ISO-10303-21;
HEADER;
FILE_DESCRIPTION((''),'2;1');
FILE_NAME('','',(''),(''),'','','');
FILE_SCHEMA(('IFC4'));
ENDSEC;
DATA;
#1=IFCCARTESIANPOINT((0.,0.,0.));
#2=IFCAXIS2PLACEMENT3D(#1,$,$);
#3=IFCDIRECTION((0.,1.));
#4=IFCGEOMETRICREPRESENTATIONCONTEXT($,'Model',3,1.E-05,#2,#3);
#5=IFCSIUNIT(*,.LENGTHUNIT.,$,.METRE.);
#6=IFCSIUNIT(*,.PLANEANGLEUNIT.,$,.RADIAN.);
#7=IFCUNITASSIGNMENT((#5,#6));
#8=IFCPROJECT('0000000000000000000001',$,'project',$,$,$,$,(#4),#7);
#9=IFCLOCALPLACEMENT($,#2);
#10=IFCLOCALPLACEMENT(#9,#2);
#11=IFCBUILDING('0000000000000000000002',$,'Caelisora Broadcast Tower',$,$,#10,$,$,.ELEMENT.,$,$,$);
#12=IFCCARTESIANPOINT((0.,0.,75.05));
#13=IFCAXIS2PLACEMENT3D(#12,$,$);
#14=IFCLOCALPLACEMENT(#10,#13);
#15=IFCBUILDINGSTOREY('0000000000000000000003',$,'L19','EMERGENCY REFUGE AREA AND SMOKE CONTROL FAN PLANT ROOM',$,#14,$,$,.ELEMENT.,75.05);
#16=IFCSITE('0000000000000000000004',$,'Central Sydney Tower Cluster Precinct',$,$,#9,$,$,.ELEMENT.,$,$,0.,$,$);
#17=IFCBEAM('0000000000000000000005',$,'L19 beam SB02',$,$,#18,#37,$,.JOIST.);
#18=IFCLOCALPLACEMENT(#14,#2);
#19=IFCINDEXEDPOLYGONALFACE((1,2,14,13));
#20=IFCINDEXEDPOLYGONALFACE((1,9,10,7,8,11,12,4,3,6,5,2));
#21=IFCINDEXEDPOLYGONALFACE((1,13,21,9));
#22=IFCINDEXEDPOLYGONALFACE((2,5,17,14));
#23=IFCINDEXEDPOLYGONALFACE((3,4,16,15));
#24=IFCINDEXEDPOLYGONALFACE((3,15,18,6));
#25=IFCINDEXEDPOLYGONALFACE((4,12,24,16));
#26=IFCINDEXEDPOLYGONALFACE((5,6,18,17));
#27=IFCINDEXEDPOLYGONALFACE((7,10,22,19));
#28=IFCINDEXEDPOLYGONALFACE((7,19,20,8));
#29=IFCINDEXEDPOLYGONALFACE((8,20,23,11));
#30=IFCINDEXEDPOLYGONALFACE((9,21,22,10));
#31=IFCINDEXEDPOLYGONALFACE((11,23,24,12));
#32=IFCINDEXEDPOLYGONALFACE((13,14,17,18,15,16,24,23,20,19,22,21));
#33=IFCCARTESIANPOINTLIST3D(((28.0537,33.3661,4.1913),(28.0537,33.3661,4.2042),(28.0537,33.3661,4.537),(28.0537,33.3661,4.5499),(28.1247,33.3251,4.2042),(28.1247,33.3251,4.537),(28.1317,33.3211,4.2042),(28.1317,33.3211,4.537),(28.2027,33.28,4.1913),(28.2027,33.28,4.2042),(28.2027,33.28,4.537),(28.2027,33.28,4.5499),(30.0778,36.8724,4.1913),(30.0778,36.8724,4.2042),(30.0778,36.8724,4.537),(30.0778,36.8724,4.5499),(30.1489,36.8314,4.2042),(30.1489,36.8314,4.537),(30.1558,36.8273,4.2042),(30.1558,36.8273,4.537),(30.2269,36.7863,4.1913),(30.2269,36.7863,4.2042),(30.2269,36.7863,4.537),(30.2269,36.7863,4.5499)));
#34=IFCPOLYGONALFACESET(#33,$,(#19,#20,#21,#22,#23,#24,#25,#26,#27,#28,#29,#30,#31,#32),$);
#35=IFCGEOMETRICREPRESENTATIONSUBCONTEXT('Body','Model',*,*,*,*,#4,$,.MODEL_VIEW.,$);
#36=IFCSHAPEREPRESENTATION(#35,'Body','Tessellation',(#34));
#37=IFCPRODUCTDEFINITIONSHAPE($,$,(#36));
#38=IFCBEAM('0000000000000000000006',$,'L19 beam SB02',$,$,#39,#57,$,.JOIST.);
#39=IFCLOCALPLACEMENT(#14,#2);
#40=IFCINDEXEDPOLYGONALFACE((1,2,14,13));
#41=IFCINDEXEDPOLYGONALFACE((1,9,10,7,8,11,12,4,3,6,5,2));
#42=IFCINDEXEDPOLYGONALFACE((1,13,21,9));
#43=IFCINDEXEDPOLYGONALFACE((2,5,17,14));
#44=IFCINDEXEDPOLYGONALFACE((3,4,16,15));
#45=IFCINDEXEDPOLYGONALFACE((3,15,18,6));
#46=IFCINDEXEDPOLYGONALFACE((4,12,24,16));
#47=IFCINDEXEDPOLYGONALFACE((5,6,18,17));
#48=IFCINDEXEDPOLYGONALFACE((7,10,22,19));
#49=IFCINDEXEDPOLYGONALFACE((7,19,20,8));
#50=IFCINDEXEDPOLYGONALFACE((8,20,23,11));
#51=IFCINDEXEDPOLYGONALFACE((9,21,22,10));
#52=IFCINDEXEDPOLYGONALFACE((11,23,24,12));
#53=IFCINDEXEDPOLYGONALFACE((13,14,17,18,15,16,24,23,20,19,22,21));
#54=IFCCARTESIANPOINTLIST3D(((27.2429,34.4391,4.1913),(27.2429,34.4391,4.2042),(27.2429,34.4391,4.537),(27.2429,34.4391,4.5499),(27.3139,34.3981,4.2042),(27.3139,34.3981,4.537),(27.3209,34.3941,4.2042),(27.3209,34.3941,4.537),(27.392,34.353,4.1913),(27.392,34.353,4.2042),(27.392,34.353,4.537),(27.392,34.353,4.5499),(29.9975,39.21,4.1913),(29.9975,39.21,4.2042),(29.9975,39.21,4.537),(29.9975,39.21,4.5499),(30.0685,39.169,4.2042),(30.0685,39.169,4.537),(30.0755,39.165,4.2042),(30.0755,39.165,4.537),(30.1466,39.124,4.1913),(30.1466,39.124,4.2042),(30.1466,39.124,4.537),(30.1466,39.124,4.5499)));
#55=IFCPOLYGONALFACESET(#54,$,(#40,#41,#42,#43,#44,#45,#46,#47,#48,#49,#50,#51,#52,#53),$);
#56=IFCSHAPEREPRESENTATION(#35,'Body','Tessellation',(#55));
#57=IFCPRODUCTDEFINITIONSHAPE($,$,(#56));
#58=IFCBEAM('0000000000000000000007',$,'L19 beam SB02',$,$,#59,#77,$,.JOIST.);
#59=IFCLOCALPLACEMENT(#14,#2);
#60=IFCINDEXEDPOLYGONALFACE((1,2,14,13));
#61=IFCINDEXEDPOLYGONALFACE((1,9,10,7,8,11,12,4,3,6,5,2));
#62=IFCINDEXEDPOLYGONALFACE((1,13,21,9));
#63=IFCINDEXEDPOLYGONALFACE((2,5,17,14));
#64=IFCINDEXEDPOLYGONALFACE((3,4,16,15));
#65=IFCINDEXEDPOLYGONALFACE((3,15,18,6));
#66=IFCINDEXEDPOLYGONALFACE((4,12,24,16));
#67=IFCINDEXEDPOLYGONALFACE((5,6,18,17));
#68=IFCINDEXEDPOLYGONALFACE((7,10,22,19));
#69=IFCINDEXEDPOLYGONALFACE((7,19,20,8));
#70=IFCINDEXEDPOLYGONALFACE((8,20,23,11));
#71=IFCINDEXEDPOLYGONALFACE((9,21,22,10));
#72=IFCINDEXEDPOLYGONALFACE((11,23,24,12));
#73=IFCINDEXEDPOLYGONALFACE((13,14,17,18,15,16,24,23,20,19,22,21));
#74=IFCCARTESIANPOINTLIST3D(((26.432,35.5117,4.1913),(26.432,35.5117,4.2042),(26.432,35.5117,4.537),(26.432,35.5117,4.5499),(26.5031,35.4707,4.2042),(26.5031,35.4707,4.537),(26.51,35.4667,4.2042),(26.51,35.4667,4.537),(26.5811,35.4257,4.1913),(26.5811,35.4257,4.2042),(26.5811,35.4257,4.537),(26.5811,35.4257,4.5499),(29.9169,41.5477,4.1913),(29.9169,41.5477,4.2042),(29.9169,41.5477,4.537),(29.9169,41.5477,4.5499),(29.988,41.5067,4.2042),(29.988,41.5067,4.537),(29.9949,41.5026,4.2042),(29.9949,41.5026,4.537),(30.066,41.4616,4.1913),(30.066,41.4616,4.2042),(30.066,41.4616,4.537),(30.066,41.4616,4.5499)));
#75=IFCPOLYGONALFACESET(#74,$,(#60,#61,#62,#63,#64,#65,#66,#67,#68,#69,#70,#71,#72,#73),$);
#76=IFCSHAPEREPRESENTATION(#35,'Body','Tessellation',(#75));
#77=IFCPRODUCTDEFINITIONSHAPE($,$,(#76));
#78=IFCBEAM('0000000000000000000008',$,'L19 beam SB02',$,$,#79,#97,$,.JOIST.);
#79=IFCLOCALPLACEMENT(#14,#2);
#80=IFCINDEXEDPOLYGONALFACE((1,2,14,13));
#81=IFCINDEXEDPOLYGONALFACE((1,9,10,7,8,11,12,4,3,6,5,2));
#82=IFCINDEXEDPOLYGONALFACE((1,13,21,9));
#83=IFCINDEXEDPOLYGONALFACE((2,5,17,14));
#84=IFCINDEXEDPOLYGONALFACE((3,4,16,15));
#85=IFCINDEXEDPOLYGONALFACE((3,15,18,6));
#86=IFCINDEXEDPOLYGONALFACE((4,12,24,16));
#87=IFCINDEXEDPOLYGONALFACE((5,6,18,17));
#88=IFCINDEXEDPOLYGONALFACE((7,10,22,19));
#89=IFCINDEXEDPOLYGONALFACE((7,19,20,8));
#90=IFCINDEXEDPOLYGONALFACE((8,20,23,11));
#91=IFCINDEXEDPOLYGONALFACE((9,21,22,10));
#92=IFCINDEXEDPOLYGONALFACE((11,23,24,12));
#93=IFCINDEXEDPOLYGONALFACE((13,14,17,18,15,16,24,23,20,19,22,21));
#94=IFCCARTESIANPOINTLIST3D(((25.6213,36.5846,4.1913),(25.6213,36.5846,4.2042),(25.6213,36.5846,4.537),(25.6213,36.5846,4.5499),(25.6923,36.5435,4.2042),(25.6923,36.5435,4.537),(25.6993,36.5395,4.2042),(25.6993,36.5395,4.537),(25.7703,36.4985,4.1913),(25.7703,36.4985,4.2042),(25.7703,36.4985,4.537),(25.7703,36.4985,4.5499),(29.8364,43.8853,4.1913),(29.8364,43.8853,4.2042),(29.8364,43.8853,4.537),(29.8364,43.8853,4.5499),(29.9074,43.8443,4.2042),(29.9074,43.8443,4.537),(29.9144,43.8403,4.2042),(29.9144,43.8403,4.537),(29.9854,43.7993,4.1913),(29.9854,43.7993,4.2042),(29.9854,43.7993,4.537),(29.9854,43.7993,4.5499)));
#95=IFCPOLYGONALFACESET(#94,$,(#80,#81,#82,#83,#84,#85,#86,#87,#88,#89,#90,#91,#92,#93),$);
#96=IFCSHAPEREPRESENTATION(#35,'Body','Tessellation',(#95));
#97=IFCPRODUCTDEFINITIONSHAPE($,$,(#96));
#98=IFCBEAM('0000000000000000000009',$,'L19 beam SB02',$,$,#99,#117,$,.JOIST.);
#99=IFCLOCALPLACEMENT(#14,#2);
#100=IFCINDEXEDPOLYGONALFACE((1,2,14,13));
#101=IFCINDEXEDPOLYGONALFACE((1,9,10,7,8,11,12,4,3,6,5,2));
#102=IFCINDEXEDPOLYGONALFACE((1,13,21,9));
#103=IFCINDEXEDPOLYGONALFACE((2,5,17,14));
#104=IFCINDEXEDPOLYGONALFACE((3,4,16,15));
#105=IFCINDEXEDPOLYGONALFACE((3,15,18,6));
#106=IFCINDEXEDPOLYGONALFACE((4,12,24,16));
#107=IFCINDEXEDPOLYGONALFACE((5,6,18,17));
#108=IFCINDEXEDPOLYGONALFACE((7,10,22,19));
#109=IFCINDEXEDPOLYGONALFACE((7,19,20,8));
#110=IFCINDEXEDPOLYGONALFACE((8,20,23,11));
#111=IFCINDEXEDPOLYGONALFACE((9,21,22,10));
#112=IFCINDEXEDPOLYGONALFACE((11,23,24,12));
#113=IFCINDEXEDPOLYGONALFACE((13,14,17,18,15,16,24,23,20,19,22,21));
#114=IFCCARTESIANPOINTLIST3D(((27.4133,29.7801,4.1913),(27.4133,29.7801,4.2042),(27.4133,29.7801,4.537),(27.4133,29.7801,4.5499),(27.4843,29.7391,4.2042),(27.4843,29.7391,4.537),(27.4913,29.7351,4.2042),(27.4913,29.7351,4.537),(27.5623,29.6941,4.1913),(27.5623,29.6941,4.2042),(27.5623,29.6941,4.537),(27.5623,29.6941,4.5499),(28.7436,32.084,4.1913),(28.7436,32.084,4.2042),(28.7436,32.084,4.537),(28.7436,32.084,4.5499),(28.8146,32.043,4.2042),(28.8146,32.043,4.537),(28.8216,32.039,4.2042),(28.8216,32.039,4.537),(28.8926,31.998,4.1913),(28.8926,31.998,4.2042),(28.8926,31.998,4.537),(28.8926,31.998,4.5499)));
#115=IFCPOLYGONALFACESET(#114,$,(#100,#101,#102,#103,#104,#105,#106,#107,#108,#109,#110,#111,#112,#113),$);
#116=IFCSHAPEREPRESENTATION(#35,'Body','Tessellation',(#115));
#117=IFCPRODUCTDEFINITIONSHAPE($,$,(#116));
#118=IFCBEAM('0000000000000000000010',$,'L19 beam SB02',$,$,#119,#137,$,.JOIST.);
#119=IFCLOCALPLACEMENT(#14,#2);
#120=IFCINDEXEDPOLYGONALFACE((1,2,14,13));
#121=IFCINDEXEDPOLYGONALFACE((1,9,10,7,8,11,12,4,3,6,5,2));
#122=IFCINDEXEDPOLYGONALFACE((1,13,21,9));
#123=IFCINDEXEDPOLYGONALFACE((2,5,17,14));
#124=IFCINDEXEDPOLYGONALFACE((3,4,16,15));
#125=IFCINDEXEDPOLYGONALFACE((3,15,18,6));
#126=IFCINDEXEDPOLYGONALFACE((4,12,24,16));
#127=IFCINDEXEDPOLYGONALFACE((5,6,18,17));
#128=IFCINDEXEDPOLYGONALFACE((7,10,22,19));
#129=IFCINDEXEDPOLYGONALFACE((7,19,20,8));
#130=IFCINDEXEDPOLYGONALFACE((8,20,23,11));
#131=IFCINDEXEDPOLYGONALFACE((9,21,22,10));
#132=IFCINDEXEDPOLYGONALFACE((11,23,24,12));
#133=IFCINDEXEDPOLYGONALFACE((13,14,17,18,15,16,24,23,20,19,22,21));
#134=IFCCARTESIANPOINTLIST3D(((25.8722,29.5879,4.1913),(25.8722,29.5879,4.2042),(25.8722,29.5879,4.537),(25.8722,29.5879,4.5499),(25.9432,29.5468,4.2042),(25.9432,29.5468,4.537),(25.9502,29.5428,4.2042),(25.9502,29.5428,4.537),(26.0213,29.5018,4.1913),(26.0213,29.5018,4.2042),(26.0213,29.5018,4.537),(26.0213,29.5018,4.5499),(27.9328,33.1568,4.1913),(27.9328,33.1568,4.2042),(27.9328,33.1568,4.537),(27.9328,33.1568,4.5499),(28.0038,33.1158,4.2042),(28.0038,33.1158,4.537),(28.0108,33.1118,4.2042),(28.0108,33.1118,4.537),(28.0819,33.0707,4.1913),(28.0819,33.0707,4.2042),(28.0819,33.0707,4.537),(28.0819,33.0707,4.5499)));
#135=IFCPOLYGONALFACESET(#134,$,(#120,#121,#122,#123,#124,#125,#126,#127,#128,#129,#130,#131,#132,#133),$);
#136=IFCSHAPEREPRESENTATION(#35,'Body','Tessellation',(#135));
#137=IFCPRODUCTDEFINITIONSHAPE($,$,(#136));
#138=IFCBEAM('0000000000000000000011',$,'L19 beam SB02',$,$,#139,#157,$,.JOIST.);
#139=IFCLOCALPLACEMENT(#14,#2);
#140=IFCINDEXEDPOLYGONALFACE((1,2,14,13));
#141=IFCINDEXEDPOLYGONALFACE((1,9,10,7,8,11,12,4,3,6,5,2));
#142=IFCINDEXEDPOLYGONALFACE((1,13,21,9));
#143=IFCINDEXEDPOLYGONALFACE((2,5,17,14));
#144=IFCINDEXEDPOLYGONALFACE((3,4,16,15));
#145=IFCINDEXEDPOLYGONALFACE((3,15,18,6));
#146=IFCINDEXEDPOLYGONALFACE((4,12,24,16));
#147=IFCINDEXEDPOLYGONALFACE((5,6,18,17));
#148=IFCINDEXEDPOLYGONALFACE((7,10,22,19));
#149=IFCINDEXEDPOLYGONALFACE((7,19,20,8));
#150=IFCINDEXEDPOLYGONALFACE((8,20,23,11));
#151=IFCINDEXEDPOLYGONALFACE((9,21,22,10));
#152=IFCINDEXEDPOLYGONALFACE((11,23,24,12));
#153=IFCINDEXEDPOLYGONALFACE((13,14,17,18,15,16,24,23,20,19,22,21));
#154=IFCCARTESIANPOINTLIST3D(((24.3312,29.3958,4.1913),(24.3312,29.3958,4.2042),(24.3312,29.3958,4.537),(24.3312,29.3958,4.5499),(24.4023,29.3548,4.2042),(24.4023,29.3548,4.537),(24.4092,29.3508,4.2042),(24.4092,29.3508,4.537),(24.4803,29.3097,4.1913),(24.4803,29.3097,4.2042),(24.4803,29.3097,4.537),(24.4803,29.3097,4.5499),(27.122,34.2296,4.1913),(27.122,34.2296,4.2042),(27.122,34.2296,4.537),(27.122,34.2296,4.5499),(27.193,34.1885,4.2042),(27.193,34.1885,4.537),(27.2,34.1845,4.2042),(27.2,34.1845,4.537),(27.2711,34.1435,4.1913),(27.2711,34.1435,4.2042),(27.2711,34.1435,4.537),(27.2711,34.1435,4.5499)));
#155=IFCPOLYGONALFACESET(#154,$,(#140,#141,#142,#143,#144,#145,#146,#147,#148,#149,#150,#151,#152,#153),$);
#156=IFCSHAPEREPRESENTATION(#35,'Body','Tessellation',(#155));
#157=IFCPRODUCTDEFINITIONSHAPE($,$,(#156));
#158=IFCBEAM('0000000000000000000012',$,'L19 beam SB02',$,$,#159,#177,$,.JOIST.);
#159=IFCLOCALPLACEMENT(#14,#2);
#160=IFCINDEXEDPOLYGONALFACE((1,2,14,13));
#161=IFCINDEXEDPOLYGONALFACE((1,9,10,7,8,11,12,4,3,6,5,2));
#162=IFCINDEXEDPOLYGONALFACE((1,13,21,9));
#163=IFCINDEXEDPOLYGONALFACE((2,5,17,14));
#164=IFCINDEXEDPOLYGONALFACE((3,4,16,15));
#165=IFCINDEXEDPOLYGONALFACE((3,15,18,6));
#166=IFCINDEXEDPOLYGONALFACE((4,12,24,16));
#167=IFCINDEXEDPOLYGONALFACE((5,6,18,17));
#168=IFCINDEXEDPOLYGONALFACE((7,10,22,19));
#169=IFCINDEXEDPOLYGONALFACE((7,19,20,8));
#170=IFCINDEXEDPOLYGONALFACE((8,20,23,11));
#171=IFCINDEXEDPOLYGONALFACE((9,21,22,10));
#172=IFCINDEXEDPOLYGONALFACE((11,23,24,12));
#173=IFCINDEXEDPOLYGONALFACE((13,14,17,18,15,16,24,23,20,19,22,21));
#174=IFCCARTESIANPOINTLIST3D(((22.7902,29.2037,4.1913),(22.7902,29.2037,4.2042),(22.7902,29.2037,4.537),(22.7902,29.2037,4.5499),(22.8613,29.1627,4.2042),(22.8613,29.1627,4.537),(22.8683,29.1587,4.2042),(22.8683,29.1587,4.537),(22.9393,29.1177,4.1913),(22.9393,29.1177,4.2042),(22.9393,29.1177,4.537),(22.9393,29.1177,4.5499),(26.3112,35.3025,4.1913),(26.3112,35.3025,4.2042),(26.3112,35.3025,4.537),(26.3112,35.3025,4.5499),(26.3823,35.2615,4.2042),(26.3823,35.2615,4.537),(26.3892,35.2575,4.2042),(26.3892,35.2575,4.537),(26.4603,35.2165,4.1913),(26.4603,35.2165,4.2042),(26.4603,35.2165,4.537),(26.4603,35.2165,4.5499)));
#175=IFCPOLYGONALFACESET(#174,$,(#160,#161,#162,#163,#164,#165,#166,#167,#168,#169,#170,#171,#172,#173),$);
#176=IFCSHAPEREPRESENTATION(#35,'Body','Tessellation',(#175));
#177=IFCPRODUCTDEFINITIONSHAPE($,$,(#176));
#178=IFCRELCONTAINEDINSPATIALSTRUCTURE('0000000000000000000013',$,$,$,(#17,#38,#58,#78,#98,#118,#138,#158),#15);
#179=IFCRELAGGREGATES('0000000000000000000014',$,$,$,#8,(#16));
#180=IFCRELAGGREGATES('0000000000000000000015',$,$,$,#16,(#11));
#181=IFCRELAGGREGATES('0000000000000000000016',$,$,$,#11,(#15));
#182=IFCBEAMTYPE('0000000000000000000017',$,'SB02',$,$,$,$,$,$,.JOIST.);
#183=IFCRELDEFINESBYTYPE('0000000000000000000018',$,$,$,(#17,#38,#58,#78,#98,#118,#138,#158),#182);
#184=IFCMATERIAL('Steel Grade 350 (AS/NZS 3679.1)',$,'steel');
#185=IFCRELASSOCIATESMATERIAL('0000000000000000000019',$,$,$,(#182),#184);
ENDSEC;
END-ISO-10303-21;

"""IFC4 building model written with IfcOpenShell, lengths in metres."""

from ifc_helpers import new_model, si_unit, direction, frame, origin, origin_2d, place, context, subcontext, project, spatial, i_section, extrude, source, transform, mapped, material, material_profile, profile_set, type_object, element, save


model = new_model("IFC4")

# Units and contexts
model_context = context("Model", 3, precision=1e-05, world=origin(), true_north=direction((0.0, 1.0)))
body_context = subcontext(model_context, "Body", "Model", "MODEL_VIEW")
ifc_project = project(units=[si_unit("LENGTHUNIT", "METRE"), si_unit("PLANEANGLEUNIT", "RADIAN")], contexts=[model_context])

# Site, building, storey
site_placement = place(None, origin())
site = spatial("IfcSite", under=ifc_project, at=site_placement, Name="Central Sydney Tower Cluster Precinct", CompositionType="ELEMENT", RefElevation=0.0)
building_placement = place(site_placement, origin())
building = spatial("IfcBuilding", under=site, at=building_placement, Name="Caelisora Broadcast Tower", CompositionType="ELEMENT")
storey_placement = place(building_placement, frame((0.0, 0.0, 75.05)))
storey = spatial("IfcBuildingStorey", under=building, at=storey_placement, Name="L19", Description="EMERGENCY REFUGE AREA AND SMOKE CONTROL FAN PLANT ROOM", CompositionType="ELEMENT", Elevation=75.05)

# Beams
ifc_material_1 = material(Name="Steel Grade 350 (AS/NZS 3679.1)", Category="steel")
ifc_material_profile_1 = material_profile(ifc_material_1, i_section(OverallWidth=0.1721, OverallDepth=0.3586, WebThickness=0.0081, FlangeThickness=0.0129, at=origin_2d()), Name="Steel Grade 350 (AS/NZS 3679.1)")
ifc_profile_set_1 = profile_set([ifc_material_profile_1], Name="Steel Grade 350 (AS/NZS 3679.1)")
beam_type_1 = type_object("IfcBeamType", Name="SB02", PredefinedType="JOIST", material=ifc_profile_set_1)
shared_shape_1 = source(origin(), body_context, "Body", "SweptSolid", [
    extrude(i_section(OverallWidth=0.1721, OverallDepth=0.3586, WebThickness=0.0081, FlangeThickness=0.0129, at=origin_2d()), origin(), (0.0, 0.0, 1.0), 4.0486),
])
beam_1_placement = place(storey_placement, frame((30.1523, 36.8293, 4.3706), z_axis=(-0.499959, -0.866049, 0.0), x_axis=(0.866049, -0.499959, 0.0)))
element("IfcBeam", 1, at=beam_1_placement, inside=storey, type_object=beam_type_1, Name="L19 beam SB02", PredefinedType="JOIST", context=body_context, shape_type="MappedRepresentation", body=[
    mapped(shared_shape_1, transform((0.0, 0.0, 0.0), scale=1.0)),
])
shared_shape_2 = source(origin(), body_context, "Body", "SweptSolid", [
    extrude(i_section(OverallWidth=0.1721, OverallDepth=0.3586, WebThickness=0.0081, FlangeThickness=0.0129, at=origin_2d()), origin(), (0.0, 0.0, 1.0), 5.509),
])
beam_2_placement = place(storey_placement, frame((30.072, 39.167, 4.3706), z_axis=(-0.500014, -0.866017, 0.0), x_axis=(0.866017, -0.500014, 0.0)))
element("IfcBeam", 2, at=beam_2_placement, inside=storey, type_object=beam_type_1, Name="L19 beam SB02", PredefinedType="JOIST", context=body_context, shape_type="MappedRepresentation", body=[
    mapped(shared_shape_2, transform((0.0, 0.0, 0.0), scale=1.0)),
])
shared_shape_3 = source(origin(), body_context, "Body", "SweptSolid", [
    extrude(i_section(OverallWidth=0.1721, OverallDepth=0.3586, WebThickness=0.0081, FlangeThickness=0.0129, at=origin_2d()), origin(), (0.0, 0.0, 1.0), 6.9697),
])
beam_3_placement = place(storey_placement, frame((29.9915, 41.5046, 4.3706), z_axis=(-0.500004, -0.866023, 0.0), x_axis=(0.866023, -0.500004, 0.0)))
element("IfcBeam", 3, at=beam_3_placement, inside=storey, type_object=beam_type_1, Name="L19 beam SB02", PredefinedType="JOIST", context=body_context, shape_type="MappedRepresentation", body=[
    mapped(shared_shape_3, transform((0.0, 0.0, 0.0), scale=1.0)),
])
shared_shape_4 = source(origin(), body_context, "Body", "SweptSolid", [
    extrude(i_section(OverallWidth=0.1721, OverallDepth=0.3586, WebThickness=0.0081, FlangeThickness=0.0129, at=origin_2d()), origin(), (0.0, 0.0, 1.0), 8.4302),
])
beam_4_placement = place(storey_placement, frame((29.9109, 43.8423, 4.3706), z_axis=(-0.499998, -0.866026, 0.0), x_axis=(0.866026, -0.499998, 0.0)))
element("IfcBeam", 4, at=beam_4_placement, inside=storey, type_object=beam_type_1, Name="L19 beam SB02", PredefinedType="JOIST", context=body_context, shape_type="MappedRepresentation", body=[
    mapped(shared_shape_4, transform((0.0, 0.0, 0.0), scale=1.0)),
])
shared_shape_5 = source(origin(), body_context, "Body", "SweptSolid", [
    extrude(i_section(OverallWidth=0.1721, OverallDepth=0.3586, WebThickness=0.0081, FlangeThickness=0.0129, at=origin_2d()), origin(), (0.0, 0.0, 1.0), 2.6604),
])
beam_5_placement = place(storey_placement, frame((28.8181, 32.041, 4.3706), z_axis=(-0.500038, -0.866004, 0.0), x_axis=(0.866004, -0.500038, 0.0)))
element("IfcBeam", 5, at=beam_5_placement, inside=storey, type_object=beam_type_1, Name="L19 beam SB02", PredefinedType="JOIST", context=body_context, shape_type="MappedRepresentation", body=[
    mapped(shared_shape_5, transform((0.0, 0.0, 0.0), scale=1.0)),
])
shared_shape_6 = source(origin(), body_context, "Body", "SweptSolid", [
    extrude(i_section(OverallWidth=0.1721, OverallDepth=0.3586, WebThickness=0.0081, FlangeThickness=0.0129, at=origin_2d()), origin(), (0.0, 0.0, 1.0), 4.1211),
])
beam_6_placement = place(storey_placement, frame((28.0073, 33.1138, 4.3706), z_axis=(-0.500013, -0.866018, 0.0), x_axis=(0.866018, -0.500013, 0.0)))
element("IfcBeam", 6, at=beam_6_placement, inside=storey, type_object=beam_type_1, Name="L19 beam SB02", PredefinedType="JOIST", context=body_context, shape_type="MappedRepresentation", body=[
    mapped(shared_shape_6, transform((0.0, 0.0, 0.0), scale=1.0)),
])
shared_shape_7 = source(origin(), body_context, "Body", "SweptSolid", [
    extrude(i_section(OverallWidth=0.1721, OverallDepth=0.3586, WebThickness=0.0081, FlangeThickness=0.0129, at=origin_2d()), origin(), (0.0, 0.0, 1.0), 5.5815),
])
beam_7_placement = place(storey_placement, frame((27.1965, 34.1865, 4.3706), z_axis=(-0.500001, -0.866025, 0.0), x_axis=(0.866025, -0.500001, 0.0)))
element("IfcBeam", 7, at=beam_7_placement, inside=storey, type_object=beam_type_1, Name="L19 beam SB02", PredefinedType="JOIST", context=body_context, shape_type="MappedRepresentation", body=[
    mapped(shared_shape_7, transform((0.0, 0.0, 0.0), scale=1.0)),
])
shared_shape_8 = source(origin(), body_context, "Body", "SweptSolid", [
    extrude(i_section(OverallWidth=0.1721, OverallDepth=0.3586, WebThickness=0.0081, FlangeThickness=0.0129, at=origin_2d()), origin(), (0.0, 0.0, 1.0), 7.0422),
])
beam_8_placement = place(storey_placement, frame((26.3857, 35.2595, 4.3706), z_axis=(-0.49998, -0.866037, 0.0), x_axis=(0.866037, -0.49998, 0.0)))
element("IfcBeam", 8, at=beam_8_placement, inside=storey, type_object=beam_type_1, Name="L19 beam SB02", PredefinedType="JOIST", context=body_context, shape_type="MappedRepresentation", body=[
    mapped(shared_shape_8, transform((0.0, 0.0, 0.0), scale=1.0)),
])

save(model, "model.ifc")
